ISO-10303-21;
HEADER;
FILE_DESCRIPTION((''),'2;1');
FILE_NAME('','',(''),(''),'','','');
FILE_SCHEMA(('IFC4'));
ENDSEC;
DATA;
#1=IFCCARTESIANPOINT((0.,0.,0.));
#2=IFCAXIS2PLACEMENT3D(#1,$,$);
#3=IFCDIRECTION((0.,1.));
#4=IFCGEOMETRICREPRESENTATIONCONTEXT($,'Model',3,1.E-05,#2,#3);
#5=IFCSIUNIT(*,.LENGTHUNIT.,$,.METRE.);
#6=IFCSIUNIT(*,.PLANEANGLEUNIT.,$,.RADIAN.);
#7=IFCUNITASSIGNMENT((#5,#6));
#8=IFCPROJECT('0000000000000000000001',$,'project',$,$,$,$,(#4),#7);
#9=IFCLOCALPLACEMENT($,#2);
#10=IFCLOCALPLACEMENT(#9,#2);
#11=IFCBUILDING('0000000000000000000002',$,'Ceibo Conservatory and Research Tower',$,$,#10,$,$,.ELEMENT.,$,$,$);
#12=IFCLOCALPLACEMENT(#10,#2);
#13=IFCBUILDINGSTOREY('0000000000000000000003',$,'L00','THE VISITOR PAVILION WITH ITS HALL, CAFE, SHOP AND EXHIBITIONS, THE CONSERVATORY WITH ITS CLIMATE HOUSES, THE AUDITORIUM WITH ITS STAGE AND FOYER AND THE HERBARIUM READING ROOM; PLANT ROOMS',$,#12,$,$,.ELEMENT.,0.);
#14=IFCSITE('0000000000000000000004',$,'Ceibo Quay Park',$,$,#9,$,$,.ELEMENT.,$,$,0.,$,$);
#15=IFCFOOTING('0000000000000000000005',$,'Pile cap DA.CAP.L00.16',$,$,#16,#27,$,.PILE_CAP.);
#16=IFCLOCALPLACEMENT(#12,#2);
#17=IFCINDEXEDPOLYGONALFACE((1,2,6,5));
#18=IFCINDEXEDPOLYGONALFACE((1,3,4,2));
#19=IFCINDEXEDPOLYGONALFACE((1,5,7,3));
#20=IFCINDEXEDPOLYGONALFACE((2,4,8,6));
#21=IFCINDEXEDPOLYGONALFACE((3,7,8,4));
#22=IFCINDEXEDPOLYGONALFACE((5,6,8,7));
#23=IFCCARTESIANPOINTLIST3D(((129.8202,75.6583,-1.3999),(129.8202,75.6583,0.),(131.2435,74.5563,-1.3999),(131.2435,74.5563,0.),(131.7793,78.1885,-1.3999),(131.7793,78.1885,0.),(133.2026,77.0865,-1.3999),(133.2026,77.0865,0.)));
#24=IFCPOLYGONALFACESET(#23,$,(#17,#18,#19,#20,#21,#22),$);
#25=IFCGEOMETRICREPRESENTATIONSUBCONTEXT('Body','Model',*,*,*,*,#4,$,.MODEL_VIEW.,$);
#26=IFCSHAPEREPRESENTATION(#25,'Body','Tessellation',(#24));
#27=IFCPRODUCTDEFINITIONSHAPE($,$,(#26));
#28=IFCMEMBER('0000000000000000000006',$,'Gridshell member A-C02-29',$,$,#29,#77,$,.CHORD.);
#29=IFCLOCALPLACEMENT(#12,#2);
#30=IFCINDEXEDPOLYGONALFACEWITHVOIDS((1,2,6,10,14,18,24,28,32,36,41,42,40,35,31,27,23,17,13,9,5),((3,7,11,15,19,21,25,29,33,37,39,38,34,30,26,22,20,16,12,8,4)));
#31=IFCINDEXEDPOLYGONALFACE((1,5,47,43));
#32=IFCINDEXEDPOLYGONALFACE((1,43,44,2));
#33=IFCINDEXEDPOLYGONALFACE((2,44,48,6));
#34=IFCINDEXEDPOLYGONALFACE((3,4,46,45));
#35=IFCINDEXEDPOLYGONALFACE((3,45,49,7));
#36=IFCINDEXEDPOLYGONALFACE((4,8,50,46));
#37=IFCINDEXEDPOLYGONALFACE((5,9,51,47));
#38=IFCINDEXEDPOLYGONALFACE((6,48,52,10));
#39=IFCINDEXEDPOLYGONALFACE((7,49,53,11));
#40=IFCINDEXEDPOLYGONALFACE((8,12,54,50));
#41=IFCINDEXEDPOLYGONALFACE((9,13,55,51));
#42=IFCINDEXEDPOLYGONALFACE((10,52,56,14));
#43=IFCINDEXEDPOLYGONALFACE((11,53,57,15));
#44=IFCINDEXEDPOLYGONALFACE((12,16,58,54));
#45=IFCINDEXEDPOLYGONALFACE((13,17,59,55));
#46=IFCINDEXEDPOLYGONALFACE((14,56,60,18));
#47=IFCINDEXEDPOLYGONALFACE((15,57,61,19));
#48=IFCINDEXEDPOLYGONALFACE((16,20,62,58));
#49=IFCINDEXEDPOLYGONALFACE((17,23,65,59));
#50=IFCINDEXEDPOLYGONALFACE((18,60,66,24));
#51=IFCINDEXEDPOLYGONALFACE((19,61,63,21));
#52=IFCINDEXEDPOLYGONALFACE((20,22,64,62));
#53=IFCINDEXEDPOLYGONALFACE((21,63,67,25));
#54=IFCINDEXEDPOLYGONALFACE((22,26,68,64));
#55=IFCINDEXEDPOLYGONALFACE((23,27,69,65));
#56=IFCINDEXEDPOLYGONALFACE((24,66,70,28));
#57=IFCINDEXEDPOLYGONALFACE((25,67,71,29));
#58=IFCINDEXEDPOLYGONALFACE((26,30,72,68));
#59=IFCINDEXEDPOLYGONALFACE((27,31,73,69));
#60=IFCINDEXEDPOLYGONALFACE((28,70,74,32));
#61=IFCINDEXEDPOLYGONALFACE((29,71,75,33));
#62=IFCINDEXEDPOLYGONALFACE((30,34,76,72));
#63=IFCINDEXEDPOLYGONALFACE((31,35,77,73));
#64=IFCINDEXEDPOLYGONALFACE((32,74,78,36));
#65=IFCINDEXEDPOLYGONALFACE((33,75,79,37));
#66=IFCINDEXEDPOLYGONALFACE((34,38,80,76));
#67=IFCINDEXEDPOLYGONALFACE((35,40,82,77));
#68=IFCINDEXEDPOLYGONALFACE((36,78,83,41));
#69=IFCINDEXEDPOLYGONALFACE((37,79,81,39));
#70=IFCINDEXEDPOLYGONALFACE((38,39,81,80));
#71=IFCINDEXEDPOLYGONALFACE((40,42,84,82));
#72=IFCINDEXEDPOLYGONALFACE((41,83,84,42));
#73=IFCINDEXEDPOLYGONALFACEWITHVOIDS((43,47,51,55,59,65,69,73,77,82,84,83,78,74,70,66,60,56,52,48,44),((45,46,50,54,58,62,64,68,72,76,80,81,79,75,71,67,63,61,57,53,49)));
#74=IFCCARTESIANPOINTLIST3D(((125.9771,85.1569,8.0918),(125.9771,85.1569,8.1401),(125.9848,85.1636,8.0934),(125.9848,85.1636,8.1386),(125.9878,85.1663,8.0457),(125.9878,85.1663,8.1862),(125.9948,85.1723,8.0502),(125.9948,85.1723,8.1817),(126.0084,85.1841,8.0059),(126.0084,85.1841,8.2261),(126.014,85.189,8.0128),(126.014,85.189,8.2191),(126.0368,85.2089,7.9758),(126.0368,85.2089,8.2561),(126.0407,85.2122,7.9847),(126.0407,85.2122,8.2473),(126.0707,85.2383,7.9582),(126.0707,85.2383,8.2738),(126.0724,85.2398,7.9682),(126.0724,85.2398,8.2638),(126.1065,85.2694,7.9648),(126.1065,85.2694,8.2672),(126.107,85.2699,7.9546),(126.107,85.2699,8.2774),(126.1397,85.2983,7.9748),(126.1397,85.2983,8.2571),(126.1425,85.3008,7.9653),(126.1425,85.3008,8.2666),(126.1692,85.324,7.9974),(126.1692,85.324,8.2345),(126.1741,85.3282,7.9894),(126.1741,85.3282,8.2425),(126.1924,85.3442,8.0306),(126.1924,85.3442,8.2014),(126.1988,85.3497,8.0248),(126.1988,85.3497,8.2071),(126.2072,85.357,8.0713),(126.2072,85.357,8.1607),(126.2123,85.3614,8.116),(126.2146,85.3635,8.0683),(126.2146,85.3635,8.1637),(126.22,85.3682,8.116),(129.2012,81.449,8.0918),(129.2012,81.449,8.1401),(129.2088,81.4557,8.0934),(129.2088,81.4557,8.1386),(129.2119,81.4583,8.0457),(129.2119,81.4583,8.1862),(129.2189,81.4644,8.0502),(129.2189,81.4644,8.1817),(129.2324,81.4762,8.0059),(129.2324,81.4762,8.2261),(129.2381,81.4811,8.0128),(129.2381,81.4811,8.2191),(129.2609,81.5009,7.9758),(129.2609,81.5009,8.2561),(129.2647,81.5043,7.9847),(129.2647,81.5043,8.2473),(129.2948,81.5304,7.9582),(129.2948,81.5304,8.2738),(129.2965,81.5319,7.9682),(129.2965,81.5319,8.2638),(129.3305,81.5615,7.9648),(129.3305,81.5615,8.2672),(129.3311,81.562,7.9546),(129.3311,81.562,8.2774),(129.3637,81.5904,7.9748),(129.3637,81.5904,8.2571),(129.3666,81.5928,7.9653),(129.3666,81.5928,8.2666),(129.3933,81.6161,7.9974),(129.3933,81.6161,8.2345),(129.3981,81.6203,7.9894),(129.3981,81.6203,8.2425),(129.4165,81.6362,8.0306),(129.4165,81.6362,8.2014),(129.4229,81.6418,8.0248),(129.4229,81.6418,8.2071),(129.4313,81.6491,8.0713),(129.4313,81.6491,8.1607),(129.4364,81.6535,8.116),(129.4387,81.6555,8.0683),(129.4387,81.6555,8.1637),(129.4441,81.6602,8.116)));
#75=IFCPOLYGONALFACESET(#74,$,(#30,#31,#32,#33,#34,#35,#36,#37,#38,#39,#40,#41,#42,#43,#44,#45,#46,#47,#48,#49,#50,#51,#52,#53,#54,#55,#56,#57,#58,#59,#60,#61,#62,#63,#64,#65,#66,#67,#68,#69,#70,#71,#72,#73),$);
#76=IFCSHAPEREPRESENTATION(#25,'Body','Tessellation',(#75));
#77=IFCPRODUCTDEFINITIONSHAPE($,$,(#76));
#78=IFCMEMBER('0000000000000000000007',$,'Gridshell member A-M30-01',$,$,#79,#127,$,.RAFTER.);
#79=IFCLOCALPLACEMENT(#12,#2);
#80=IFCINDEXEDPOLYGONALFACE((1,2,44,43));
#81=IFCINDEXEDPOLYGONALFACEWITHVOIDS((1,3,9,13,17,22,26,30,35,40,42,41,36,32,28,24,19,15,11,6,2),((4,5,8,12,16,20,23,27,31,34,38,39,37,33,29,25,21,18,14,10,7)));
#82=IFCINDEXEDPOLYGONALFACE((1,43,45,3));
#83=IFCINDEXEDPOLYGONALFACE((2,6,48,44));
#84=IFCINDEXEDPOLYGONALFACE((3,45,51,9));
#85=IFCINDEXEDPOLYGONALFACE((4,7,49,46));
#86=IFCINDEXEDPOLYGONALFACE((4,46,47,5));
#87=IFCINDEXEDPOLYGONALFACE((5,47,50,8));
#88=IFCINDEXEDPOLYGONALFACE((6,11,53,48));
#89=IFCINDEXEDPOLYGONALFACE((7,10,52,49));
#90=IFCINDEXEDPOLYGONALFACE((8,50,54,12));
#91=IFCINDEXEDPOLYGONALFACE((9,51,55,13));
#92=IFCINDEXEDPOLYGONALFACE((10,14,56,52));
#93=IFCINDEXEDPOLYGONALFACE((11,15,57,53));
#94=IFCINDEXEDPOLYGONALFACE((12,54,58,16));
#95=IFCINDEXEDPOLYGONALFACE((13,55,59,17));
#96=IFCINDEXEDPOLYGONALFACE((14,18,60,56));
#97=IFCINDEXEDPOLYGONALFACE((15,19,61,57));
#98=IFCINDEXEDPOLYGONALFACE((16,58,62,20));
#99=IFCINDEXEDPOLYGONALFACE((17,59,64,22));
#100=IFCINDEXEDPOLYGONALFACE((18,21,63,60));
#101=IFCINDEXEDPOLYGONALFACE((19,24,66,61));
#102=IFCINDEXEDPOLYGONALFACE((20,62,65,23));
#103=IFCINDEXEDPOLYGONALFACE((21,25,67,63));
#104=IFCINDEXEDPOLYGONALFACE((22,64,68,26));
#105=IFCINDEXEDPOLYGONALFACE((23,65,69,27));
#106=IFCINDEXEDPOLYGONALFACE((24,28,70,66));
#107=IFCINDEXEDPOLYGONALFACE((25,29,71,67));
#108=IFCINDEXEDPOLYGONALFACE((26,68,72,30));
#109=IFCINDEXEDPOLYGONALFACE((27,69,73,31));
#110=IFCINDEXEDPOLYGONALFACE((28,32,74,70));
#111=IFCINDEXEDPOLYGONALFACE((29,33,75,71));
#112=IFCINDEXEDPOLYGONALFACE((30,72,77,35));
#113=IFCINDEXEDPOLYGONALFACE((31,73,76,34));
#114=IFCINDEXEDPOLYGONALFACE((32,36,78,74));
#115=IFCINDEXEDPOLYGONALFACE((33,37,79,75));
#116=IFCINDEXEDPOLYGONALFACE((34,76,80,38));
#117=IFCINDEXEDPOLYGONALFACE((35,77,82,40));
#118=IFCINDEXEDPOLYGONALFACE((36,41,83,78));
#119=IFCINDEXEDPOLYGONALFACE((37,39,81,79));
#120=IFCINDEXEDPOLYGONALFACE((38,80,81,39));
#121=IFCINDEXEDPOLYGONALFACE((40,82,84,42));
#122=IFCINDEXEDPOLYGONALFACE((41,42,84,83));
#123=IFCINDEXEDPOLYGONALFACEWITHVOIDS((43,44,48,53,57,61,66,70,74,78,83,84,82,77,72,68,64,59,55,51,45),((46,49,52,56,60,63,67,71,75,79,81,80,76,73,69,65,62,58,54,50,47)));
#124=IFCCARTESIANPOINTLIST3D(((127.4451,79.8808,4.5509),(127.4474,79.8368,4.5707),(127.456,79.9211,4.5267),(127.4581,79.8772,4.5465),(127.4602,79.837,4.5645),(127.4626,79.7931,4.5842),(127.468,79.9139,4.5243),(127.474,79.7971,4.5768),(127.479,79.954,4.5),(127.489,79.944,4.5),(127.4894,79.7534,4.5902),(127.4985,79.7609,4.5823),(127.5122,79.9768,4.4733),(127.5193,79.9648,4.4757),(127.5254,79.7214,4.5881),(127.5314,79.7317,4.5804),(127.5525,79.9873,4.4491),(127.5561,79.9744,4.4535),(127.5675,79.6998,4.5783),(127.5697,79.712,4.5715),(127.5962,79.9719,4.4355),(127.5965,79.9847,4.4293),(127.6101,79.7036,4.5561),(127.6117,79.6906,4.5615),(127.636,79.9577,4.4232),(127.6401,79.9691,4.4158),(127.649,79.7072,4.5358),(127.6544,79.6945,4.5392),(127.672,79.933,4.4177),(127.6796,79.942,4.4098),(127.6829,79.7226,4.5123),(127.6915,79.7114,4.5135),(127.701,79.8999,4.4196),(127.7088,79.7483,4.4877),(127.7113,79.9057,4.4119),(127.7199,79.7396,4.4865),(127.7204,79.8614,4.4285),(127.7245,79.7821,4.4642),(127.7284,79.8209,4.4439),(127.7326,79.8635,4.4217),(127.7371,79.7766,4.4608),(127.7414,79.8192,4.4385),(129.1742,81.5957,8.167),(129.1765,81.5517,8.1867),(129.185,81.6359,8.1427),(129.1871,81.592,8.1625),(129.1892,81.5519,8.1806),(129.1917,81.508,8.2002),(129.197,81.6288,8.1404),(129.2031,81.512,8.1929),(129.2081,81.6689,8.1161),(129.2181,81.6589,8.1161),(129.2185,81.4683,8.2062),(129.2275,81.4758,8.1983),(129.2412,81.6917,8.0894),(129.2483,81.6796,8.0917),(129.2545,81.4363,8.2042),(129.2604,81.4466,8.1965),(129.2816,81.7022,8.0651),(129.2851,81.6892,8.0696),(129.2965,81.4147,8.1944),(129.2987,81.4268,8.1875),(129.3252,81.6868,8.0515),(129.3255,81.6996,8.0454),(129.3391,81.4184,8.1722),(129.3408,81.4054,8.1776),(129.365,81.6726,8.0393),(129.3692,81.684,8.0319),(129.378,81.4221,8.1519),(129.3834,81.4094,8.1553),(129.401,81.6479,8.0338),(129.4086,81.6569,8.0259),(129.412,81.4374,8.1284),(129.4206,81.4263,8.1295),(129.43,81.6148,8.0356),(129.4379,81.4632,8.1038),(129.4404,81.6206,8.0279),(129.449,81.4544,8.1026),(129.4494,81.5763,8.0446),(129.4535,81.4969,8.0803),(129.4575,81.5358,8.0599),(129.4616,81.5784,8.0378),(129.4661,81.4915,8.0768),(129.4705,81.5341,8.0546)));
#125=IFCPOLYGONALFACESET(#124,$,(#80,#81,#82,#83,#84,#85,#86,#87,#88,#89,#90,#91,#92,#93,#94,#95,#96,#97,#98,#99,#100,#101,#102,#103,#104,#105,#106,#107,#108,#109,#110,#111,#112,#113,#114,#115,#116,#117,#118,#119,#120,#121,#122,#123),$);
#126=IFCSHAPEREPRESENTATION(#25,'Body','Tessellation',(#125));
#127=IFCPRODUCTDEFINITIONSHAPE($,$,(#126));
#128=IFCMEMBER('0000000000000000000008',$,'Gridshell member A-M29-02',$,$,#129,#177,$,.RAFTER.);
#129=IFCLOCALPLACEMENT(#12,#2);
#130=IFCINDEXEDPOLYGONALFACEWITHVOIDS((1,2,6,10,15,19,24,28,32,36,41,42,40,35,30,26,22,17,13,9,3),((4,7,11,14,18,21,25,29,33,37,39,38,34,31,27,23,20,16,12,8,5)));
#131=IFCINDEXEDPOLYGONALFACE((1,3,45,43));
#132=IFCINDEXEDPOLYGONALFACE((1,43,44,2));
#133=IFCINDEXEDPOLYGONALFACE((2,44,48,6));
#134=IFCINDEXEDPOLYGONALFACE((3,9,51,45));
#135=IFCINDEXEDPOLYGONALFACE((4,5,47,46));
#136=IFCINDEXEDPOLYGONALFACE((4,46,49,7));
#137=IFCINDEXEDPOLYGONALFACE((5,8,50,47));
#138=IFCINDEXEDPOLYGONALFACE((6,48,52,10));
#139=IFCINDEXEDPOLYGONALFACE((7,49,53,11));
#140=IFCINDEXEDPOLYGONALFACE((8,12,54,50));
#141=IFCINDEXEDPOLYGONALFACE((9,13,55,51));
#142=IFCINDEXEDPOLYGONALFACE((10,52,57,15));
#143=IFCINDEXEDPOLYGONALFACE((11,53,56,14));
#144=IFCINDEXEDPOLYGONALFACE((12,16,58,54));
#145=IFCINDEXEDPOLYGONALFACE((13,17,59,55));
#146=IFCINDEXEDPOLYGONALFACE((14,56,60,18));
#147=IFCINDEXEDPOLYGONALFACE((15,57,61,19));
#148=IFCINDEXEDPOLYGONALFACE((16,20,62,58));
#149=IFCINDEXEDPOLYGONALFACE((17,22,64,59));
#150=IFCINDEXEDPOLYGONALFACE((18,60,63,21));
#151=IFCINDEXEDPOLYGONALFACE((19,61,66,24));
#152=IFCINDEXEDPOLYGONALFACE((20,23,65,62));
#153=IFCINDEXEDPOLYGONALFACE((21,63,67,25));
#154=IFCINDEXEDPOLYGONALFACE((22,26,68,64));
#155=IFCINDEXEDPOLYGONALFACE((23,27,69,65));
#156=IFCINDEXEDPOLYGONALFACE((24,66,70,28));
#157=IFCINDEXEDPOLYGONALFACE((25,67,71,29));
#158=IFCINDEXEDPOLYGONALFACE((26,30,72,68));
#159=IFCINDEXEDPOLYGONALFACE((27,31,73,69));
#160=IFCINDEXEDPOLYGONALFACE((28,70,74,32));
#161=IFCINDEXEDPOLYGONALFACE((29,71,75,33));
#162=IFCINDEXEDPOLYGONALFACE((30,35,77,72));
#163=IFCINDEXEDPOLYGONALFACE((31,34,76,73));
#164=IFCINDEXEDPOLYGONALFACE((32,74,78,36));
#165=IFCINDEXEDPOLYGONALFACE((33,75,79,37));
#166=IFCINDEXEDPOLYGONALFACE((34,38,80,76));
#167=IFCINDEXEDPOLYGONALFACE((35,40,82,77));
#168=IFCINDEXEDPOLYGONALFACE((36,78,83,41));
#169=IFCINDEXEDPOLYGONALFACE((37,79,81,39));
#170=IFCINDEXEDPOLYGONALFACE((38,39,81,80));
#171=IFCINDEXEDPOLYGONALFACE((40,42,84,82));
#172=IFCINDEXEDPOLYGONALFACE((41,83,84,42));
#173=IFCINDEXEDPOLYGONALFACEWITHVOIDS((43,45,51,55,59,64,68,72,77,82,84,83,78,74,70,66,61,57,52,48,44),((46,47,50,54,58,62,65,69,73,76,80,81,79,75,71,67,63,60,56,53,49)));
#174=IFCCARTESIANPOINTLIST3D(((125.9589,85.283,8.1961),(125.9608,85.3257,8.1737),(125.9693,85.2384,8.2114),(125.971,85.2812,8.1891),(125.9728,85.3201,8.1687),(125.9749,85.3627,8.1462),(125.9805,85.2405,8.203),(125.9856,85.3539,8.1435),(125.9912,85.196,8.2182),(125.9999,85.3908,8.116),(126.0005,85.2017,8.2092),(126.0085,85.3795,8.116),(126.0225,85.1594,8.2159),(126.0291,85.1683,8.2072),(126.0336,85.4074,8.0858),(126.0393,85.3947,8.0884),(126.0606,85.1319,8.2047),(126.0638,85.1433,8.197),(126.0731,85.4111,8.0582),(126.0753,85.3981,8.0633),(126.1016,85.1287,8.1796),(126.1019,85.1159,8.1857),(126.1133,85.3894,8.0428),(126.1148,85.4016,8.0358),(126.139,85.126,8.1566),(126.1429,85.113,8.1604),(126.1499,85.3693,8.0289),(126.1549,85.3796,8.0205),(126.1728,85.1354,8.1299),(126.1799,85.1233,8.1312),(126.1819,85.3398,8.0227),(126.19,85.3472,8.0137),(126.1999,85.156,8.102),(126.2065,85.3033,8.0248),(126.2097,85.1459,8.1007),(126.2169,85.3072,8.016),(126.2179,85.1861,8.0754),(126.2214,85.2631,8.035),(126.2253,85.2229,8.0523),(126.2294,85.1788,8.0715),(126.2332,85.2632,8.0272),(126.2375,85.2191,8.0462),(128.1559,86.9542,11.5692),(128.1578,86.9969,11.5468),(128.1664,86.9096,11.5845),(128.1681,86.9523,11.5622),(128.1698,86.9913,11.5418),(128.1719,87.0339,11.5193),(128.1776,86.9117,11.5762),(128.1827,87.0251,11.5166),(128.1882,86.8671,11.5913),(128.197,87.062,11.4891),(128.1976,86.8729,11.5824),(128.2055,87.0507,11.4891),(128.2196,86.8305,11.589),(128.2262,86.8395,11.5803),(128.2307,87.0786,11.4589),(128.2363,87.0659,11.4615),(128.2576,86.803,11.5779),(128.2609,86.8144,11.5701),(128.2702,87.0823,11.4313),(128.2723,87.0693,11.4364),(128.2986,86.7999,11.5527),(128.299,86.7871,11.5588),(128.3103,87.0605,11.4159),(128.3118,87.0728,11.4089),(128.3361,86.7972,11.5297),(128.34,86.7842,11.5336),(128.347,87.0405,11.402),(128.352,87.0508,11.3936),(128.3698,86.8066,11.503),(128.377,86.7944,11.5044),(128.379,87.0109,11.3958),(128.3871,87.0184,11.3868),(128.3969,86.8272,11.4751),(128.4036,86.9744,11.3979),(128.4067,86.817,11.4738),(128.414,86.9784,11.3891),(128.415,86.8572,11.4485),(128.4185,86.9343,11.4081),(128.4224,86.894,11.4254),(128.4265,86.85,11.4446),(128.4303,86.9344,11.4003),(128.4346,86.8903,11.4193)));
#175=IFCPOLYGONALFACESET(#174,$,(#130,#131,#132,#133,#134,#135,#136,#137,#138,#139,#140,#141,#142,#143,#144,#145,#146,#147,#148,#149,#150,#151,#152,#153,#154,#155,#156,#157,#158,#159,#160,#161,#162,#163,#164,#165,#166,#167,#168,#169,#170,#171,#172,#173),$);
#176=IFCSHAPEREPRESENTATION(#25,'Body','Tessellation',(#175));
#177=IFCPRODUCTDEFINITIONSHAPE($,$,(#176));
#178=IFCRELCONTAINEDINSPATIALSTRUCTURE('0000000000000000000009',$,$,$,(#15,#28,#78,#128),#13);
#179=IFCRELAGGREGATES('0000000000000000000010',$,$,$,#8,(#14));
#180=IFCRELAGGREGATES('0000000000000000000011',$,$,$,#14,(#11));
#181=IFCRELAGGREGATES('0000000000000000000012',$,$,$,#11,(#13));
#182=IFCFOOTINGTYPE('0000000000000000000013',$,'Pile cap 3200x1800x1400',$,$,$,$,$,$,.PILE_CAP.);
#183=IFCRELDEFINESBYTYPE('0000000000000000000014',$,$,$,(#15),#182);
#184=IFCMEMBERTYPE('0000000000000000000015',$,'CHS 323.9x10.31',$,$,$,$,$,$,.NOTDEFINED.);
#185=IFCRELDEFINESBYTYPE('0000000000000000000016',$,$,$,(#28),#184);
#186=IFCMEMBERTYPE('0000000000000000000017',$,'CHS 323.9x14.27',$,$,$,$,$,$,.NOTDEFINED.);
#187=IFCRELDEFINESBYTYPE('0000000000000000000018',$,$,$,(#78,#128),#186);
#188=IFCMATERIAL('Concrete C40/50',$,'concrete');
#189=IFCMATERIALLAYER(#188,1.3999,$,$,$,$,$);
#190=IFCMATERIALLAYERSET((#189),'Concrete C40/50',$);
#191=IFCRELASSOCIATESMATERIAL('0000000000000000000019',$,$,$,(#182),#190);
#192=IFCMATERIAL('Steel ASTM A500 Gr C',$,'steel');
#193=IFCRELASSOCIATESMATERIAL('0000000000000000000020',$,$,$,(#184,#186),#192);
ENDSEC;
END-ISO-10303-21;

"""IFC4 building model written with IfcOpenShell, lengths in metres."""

from ifc_helpers import new_model, si_unit, direction, frame, origin, origin_2d, place, context, subcontext, project, spatial, polyline, hollow_circle, outline, extrude, material, layer, layer_set, material_profile, profile_set, type_object, element, save


model = new_model("IFC4")

# Units and contexts
model_context = context("Model", 3, precision=1e-05, world=origin(), true_north=direction((0.0, 1.0)))
body_context = subcontext(model_context, "Body", "Model", "MODEL_VIEW")
ifc_project = project(units=[si_unit("LENGTHUNIT", "METRE"), si_unit("PLANEANGLEUNIT", "RADIAN")], contexts=[model_context])

# Site, building, storey
site_placement = place(None, origin())
site = spatial("IfcSite", under=ifc_project, at=site_placement, Name="Ceibo Quay Park", CompositionType="ELEMENT", RefElevation=0.0)
building_placement = place(site_placement, origin())
building = spatial("IfcBuilding", under=site, at=building_placement, Name="Ceibo Conservatory and Research Tower", CompositionType="ELEMENT")
storey_placement = place(building_placement, origin())
storey = spatial("IfcBuildingStorey", under=building, at=storey_placement, Name="L00", Description="THE VISITOR PAVILION WITH ITS HALL, CAFE, SHOP AND EXHIBITIONS, THE CONSERVATORY WITH ITS CLIMATE HOUSES, THE AUDITORIUM WITH ITS STAGE AND FOYER AND THE HERBARIUM READING ROOM; PLANT ROOMS", CompositionType="ELEMENT", Elevation=0.0)

# Footing
ifc_material_1 = material(Name="Concrete C40/50", Category="concrete")
ifc_layer_1 = layer(ifc_material_1, 1.3999)
ifc_layer_set_1 = layer_set([ifc_layer_1], Name="Concrete C40/50")
footing_type = type_object("IfcFootingType", Name="Pile cap 3200x1800x1400", PredefinedType="PILE_CAP", material=ifc_layer_set_1)
footing_placement = place(storey_placement, frame((131.7793, 78.1885, -1.3999), z_axis=(0.0, 0.0, 1.0), x_axis=(-0.612217, -0.79069, 0.0)))
element("IfcFooting", 1, at=footing_placement, inside=storey, type_object=footing_type, Name="Pile cap DA.CAP.L00.16", PredefinedType="PILE_CAP", context=body_context, shape_type="SweptSolid", body=[
    extrude(outline(polyline([(0.0, 0.0), (3.2, 0.0), (3.2, 1.8), (0.0, 1.8), (0.0, 0.0)])), origin(), (0.0, 0.0, 1.0), 1.3999),
])

# Members
ifc_material_2 = material(Name="Steel ASTM A500 Gr C", Category="steel")
ifc_material_profile_1 = material_profile(ifc_material_2, hollow_circle(Radius=0.1619, WallThickness=0.0103, at=origin_2d()), Name="CHS 323.9x10.31")
ifc_profile_set_1 = profile_set([ifc_material_profile_1], Name="Steel ASTM A500 Gr C")
member_type_1 = type_object("IfcMemberType", Name="CHS 323.9x10.31", PredefinedType="NOTDEFINED", material=ifc_profile_set_1)
member_1_placement = place(storey_placement, frame((126.0979, 85.262, 8.116), z_axis=(0.656152, -0.754629, 0.0), x_axis=(0.754629, 0.656152, 0.0)))
element("IfcMember", 2, at=member_1_placement, inside=storey, type_object=member_type_1, Name="Gridshell member A-C02-29", PredefinedType="CHORD", context=body_context, shape_type="SweptSolid", body=[
    extrude(hollow_circle(Radius=0.1619, WallThickness=0.0103, at=origin_2d()), origin(), (0.0, 0.0, 1.0), 4.9136),
])
ifc_material_profile_2 = material_profile(ifc_material_2, hollow_circle(Radius=0.1619, WallThickness=0.0142, at=origin_2d()), Name="CHS 323.9x14.27")
ifc_profile_set_2 = profile_set([ifc_material_profile_2], Name="Steel ASTM A500 Gr C")
member_type_2 = type_object("IfcMemberType", Name="CHS 323.9x14.27", PredefinedType="NOTDEFINED", material=ifc_profile_set_2)
member_2_placement = place(storey_placement, frame((127.593, 79.8391, 4.5), z_axis=(0.396605, 0.393357, 0.829443), x_axis=(-0.704193, 0.710008, 0.0)))
element("IfcMember", 3, at=member_2_placement, inside=storey, type_object=member_type_2, Name="Gridshell member A-M30-01", PredefinedType="RAFTER", context=body_context, shape_type="SweptSolid", body=[
    extrude(hollow_circle(Radius=0.1619, WallThickness=0.0142, at=origin_2d()), origin(), (0.0, 0.0, 1.0), 4.3596),
])
member_3_placement = place(storey_placement, frame((126.0979, 85.262, 8.116), z_axis=(0.50407, 0.383416, 0.77389), x_axis=(-0.605406, 0.795917, 0.0)))
element("IfcMember", 4, at=member_3_placement, inside=storey, type_object=member_type_2, Name="Gridshell member A-M29-02", PredefinedType="RAFTER", context=body_context, shape_type="SweptSolid", body=[
    extrude(hollow_circle(Radius=0.1619, WallThickness=0.0142, at=origin_2d()), origin(), (0.0, 0.0, 1.0), 4.3586),
])

save(model, "model.ifc")
